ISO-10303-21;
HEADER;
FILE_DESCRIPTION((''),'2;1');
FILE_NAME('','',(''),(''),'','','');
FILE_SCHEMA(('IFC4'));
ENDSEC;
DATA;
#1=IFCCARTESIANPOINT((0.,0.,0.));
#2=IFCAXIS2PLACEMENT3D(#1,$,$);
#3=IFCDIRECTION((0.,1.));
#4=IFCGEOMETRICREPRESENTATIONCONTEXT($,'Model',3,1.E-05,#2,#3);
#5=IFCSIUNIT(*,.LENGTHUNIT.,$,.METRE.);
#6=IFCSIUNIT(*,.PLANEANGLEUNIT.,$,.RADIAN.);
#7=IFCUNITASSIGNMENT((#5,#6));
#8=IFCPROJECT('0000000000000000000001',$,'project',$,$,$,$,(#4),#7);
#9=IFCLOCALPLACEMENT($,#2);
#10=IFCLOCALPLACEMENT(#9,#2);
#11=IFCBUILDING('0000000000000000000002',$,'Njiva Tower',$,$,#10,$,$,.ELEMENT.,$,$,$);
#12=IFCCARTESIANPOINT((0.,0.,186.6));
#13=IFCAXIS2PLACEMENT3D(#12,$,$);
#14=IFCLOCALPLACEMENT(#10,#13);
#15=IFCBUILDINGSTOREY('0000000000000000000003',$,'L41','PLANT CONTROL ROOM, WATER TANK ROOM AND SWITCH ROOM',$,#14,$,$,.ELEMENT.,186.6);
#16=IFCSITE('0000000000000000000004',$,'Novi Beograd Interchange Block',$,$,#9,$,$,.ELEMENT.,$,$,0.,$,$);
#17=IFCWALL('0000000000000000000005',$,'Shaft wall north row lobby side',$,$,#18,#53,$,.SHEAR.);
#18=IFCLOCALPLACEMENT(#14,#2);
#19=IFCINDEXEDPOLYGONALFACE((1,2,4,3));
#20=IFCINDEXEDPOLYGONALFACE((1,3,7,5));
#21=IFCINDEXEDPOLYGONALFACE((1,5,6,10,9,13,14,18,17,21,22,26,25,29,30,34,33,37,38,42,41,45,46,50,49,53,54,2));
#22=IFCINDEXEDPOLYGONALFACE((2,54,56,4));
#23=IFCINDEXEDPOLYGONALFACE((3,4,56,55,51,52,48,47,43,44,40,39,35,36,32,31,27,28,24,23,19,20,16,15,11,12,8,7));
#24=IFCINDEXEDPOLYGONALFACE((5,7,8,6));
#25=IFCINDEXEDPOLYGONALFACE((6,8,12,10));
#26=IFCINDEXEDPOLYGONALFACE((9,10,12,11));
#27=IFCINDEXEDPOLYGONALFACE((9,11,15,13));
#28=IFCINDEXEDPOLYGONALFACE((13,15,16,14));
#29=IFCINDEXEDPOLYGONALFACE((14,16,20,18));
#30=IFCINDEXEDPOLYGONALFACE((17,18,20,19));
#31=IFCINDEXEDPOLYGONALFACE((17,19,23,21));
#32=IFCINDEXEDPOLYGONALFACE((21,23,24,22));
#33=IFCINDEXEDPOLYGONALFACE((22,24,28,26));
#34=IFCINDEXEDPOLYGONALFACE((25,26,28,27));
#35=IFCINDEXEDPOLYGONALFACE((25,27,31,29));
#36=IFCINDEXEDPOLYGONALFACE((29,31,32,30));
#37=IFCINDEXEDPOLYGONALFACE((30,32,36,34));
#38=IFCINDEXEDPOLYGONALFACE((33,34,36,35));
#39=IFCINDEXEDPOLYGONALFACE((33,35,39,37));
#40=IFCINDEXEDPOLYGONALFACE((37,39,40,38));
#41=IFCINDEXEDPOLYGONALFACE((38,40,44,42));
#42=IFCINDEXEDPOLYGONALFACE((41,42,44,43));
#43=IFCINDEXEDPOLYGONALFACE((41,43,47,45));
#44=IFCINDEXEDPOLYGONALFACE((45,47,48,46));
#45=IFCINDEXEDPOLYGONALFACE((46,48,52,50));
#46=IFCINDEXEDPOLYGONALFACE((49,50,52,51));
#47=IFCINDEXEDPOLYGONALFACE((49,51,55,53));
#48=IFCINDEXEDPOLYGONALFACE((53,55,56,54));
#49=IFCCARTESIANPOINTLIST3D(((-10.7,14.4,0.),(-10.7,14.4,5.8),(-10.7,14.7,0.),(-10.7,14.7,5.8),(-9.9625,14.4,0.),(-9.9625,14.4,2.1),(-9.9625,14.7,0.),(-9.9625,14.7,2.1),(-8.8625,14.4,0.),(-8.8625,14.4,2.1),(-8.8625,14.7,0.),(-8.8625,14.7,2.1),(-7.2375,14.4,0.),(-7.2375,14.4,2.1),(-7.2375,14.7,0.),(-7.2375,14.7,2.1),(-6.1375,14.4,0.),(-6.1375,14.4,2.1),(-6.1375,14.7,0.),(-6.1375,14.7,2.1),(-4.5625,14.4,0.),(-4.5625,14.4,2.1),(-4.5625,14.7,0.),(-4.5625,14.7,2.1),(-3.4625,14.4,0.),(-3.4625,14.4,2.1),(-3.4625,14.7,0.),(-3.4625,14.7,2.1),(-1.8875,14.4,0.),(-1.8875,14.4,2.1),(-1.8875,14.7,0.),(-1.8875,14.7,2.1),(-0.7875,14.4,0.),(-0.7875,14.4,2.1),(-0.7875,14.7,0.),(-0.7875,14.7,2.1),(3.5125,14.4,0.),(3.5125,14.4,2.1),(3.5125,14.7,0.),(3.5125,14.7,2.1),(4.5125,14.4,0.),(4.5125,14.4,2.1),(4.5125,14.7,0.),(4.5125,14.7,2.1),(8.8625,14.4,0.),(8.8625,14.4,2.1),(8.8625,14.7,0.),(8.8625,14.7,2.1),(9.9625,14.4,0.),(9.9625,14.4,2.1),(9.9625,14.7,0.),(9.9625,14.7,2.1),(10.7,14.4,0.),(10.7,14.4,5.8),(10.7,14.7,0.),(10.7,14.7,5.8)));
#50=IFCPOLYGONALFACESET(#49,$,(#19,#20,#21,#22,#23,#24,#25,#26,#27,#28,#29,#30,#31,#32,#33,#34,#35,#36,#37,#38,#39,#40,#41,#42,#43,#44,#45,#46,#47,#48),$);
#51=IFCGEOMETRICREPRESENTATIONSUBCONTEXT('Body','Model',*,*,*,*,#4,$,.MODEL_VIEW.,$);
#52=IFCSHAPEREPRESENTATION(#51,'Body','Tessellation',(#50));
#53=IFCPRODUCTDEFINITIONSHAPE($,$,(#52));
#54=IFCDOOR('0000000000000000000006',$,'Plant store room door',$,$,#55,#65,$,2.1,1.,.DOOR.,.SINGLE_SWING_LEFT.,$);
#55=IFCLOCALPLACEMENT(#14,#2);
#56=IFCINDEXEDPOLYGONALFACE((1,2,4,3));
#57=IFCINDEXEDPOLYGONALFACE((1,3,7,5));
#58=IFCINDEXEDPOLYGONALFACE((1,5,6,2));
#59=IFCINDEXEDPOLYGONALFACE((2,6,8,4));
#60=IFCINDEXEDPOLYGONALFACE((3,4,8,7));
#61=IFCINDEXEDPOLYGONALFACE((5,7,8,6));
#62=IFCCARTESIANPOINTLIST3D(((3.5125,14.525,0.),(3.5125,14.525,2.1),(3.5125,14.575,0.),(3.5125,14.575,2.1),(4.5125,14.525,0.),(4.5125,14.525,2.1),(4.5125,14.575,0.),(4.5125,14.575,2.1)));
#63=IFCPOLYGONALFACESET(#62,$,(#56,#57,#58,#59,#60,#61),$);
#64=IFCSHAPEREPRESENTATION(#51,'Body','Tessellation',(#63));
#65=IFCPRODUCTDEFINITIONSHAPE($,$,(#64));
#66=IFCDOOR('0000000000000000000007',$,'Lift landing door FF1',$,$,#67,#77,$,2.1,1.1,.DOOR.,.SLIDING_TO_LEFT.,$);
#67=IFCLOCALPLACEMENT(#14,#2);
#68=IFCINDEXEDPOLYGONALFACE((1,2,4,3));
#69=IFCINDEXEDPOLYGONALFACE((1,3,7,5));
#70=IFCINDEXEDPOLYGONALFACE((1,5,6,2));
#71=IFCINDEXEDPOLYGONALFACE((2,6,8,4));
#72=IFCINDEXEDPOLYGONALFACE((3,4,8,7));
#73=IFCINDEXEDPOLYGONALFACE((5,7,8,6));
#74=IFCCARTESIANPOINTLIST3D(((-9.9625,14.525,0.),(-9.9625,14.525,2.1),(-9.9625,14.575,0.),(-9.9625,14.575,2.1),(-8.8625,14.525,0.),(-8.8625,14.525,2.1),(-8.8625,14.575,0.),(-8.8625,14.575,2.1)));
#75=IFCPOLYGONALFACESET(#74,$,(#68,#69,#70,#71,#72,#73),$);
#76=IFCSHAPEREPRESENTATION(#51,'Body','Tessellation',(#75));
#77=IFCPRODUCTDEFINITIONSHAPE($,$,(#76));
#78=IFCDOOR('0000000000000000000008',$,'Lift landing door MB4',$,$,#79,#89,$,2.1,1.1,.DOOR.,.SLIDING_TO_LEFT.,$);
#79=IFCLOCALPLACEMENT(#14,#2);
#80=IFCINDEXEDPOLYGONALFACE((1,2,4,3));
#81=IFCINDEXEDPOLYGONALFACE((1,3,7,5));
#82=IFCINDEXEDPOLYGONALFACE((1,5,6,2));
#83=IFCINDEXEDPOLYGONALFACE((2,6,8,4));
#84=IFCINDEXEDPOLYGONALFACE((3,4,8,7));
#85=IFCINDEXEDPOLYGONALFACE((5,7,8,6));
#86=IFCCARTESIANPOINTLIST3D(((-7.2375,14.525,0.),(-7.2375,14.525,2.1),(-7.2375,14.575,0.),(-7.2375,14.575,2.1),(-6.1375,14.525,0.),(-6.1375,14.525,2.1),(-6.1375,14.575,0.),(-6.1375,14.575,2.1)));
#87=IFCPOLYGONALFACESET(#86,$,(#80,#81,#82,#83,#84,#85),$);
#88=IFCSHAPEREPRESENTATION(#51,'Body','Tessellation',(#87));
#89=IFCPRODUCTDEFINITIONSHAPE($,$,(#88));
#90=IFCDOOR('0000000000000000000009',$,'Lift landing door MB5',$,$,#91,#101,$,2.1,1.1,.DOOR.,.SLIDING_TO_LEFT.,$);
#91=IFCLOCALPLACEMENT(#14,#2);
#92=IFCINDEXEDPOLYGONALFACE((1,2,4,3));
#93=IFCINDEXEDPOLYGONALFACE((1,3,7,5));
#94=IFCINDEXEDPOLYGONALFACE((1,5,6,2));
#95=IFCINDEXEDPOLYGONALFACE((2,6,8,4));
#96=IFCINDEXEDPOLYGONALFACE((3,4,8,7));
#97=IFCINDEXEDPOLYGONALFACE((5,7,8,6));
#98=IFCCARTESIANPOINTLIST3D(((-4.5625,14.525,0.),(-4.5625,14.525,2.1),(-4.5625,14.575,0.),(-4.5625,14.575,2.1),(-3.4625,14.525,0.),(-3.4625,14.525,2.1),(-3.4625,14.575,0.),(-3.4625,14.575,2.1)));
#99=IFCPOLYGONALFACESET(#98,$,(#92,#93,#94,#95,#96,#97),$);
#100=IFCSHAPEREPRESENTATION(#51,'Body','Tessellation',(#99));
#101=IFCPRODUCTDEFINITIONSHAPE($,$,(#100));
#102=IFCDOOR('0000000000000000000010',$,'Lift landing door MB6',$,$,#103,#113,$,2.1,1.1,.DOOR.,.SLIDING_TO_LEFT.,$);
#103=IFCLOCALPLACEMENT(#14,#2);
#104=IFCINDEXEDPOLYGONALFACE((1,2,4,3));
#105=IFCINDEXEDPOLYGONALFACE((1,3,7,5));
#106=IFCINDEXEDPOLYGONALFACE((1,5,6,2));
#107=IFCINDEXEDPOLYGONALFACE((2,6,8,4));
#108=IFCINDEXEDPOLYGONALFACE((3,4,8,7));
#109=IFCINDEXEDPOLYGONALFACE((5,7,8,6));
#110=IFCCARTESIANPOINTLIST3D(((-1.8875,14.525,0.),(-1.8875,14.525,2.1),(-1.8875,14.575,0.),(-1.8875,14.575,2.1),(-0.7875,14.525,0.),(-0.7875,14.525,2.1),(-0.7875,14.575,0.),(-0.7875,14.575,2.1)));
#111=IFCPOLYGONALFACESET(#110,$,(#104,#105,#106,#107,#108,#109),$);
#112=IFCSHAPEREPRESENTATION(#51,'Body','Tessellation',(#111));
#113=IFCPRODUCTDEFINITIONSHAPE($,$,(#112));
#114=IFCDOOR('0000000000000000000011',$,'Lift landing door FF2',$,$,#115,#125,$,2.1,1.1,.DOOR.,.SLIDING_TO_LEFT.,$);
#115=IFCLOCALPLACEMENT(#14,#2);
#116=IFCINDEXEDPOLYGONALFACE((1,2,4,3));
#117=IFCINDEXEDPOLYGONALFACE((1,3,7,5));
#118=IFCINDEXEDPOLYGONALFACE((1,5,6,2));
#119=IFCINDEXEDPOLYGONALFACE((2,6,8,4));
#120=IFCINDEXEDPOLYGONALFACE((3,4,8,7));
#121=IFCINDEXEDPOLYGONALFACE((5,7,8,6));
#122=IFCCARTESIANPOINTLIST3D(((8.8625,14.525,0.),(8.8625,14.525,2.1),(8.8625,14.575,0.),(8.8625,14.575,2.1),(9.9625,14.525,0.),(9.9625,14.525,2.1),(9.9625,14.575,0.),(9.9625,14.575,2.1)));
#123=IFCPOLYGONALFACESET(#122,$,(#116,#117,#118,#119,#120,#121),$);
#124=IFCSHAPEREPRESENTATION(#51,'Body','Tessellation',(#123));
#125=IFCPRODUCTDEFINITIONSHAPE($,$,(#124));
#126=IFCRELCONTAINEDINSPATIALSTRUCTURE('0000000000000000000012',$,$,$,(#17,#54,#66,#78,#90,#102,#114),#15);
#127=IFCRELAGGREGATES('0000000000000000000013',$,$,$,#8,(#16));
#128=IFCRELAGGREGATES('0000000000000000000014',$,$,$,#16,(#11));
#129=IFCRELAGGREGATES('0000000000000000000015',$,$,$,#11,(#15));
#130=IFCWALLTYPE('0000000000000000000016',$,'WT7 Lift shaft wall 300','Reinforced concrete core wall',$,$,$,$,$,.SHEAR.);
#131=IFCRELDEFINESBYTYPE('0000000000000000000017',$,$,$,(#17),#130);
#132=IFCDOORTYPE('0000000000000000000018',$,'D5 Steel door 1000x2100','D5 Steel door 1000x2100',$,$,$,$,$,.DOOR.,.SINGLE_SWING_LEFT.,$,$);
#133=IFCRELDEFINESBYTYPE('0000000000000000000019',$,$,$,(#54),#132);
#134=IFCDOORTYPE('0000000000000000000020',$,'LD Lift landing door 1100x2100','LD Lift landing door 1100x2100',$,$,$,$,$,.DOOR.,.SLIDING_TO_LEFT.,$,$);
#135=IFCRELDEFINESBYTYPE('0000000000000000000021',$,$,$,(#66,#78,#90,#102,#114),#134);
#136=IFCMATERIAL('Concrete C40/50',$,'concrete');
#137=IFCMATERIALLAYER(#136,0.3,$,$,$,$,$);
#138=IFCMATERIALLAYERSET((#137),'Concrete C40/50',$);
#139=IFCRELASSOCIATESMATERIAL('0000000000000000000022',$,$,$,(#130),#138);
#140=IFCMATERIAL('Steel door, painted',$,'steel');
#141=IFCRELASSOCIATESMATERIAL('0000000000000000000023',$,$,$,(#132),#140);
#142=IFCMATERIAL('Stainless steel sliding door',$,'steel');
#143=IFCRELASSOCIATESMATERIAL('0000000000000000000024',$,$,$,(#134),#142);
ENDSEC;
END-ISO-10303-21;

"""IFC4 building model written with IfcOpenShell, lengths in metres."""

from ifc_helpers import new_model, si_unit, direction, frame, frame_2d, origin, place, context, subcontext, project, spatial, rectangle, extrude, material, layer, layer_set, type_object, element, fill, save


model = new_model("IFC4")

# Units and contexts
model_context = context("Model", 3, precision=1e-05, world=origin(), true_north=direction((0.0, 1.0)))
body_context = subcontext(model_context, "Body", "Model", "MODEL_VIEW")
ifc_project = project(units=[si_unit("LENGTHUNIT", "METRE"), si_unit("PLANEANGLEUNIT", "RADIAN")], contexts=[model_context])

# Site, building, storey
site_placement = place(None, origin())
site = spatial("IfcSite", under=ifc_project, at=site_placement, Name="Novi Beograd Interchange Block", CompositionType="ELEMENT", RefElevation=0.0)
building_placement = place(site_placement, origin())
building = spatial("IfcBuilding", under=site, at=building_placement, Name="Njiva Tower", CompositionType="ELEMENT")
storey_placement = place(building_placement, frame((0.0, 0.0, 186.6)))
storey = spatial("IfcBuildingStorey", under=building, at=storey_placement, Name="L41", Description="PLANT CONTROL ROOM, WATER TANK ROOM AND SWITCH ROOM", CompositionType="ELEMENT", Elevation=186.6)

# Shared definitions
ifc_material_1 = material(Name="Concrete C40/50", Category="concrete")

# Wall, openings, doors
ifc_layer_1 = layer(ifc_material_1, 0.3)
ifc_layer_set_1 = layer_set([ifc_layer_1], Name="Concrete C40/50")
wall_type_1 = type_object("IfcWallType", Name="WT7 Lift shaft wall 300", Description="Reinforced concrete core wall", PredefinedType="SHEAR", material=ifc_layer_set_1)
wall_1_placement = place(storey_placement, frame((-10.7, 14.55, 0.0), z_axis=(0.0, 0.0, 1.0), x_axis=(1.0, 0.0, 0.0)))
wall_1 = element("IfcWall", 1, at=wall_1_placement, inside=storey, type_object=wall_type_1, Name="Shaft wall north row lobby side", PredefinedType="SHEAR", context=body_context, shape_type="SweptSolid", body=[
    extrude(rectangle(XDim=21.4, YDim=0.3, at=frame_2d((10.7, 0.0))), origin(), (0.0, 0.0, 1.0), 5.8),
])
opening_1_placement = place(wall_1_placement, frame((0.7375, 0.0, 0.0)))
opening_1 = element("IfcOpeningElement", 2, at=opening_1_placement, cuts=wall_1, PredefinedType="OPENING", context=body_context, shape_type="SweptSolid", body=[
    extrude(rectangle(XDim=1.1, YDim=2.1, at=frame_2d((0.55, 1.05))), frame((0.0, 0.16, 0.0), z_axis=(0.0, -1.0, 0.0), x_axis=(1.0, 0.0, 0.0)), (0.0, 0.0, 1.0), 0.32),
])
opening_2_placement = place(wall_1_placement, frame((3.4625, 0.0, 0.0)))
opening_2 = element("IfcOpeningElement", 3, at=opening_2_placement, cuts=wall_1, PredefinedType="OPENING", context=body_context, shape_type="SweptSolid", body=[
    extrude(rectangle(XDim=1.1, YDim=2.1, at=frame_2d((0.55, 1.05))), frame((0.0, 0.16, 0.0), z_axis=(0.0, -1.0, 0.0), x_axis=(1.0, 0.0, 0.0)), (0.0, 0.0, 1.0), 0.32),
])
opening_3_placement = place(wall_1_placement, frame((6.1375, 0.0, 0.0)))
opening_3 = element("IfcOpeningElement", 4, at=opening_3_placement, cuts=wall_1, PredefinedType="OPENING", context=body_context, shape_type="SweptSolid", body=[
    extrude(rectangle(XDim=1.1, YDim=2.1, at=frame_2d((0.55, 1.05))), frame((0.0, 0.16, 0.0), z_axis=(0.0, -1.0, 0.0), x_axis=(1.0, 0.0, 0.0)), (0.0, 0.0, 1.0), 0.32),
])
opening_4_placement = place(wall_1_placement, frame((8.8125, 0.0, 0.0)))
opening_4 = element("IfcOpeningElement", 5, at=opening_4_placement, cuts=wall_1, PredefinedType="OPENING", context=body_context, shape_type="SweptSolid", body=[
    extrude(rectangle(XDim=1.1, YDim=2.1, at=frame_2d((0.55, 1.05))), frame((0.0, 0.16, 0.0), z_axis=(0.0, -1.0, 0.0), x_axis=(1.0, 0.0, 0.0)), (0.0, 0.0, 1.0), 0.32),
])
opening_5_placement = place(wall_1_placement, frame((19.5625, 0.0, 0.0)))
opening_5 = element("IfcOpeningElement", 6, at=opening_5_placement, cuts=wall_1, PredefinedType="OPENING", context=body_context, shape_type="SweptSolid", body=[
    extrude(rectangle(XDim=1.1, YDim=2.1, at=frame_2d((0.55, 1.05))), frame((0.0, 0.16, 0.0), z_axis=(0.0, -1.0, 0.0), x_axis=(1.0, 0.0, 0.0)), (0.0, 0.0, 1.0), 0.32),
])
opening_6_placement = place(wall_1_placement, frame((14.2125, 0.0, 0.0)))
opening_6 = element("IfcOpeningElement", 7, at=opening_6_placement, cuts=wall_1, PredefinedType="OPENING", context=body_context, shape_type="SweptSolid", body=[
    extrude(rectangle(XDim=1.0, YDim=2.1, at=frame_2d((0.5, 1.05))), frame((0.0, 0.16, 0.0), z_axis=(0.0, -1.0, 0.0), x_axis=(1.0, 0.0, 0.0)), (0.0, 0.0, 1.0), 0.32),
])
ifc_material_2 = material(Name="Steel door, painted", Category="steel")
door_type_1 = type_object("IfcDoorType", Name="D5 Steel door 1000x2100", Description="D5 Steel door 1000x2100", OperationType="SINGLE_SWING_LEFT", PredefinedType="DOOR", material=ifc_material_2)
door_1_placement = place(opening_6_placement, origin())
door_1 = element("IfcDoor", 8, at=door_1_placement, inside=storey, type_object=door_type_1, Name="Plant store room door", OperationType="SINGLE_SWING_LEFT", OverallHeight=2.1, OverallWidth=1.0, PredefinedType="DOOR", context=body_context, shape_type="SweptSolid", body=[
    extrude(rectangle(XDim=1.0, YDim=2.1, at=frame_2d((0.5, 1.05))), frame((0.0, 0.025, 0.0), z_axis=(0.0, -1.0, 0.0), x_axis=(1.0, 0.0, 0.0)), (0.0, 0.0, 1.0), 0.05),
])
fill(opening_6, door_1)
ifc_material_3 = material(Name="Stainless steel sliding door", Category="steel")
door_type_2 = type_object("IfcDoorType", Name="LD Lift landing door 1100x2100", Description="LD Lift landing door 1100x2100", OperationType="SLIDING_TO_LEFT", PredefinedType="DOOR", material=ifc_material_3)
door_2_placement = place(opening_1_placement, origin())
door_2 = element("IfcDoor", 9, at=door_2_placement, inside=storey, type_object=door_type_2, Name="Lift landing door FF1", OperationType="SLIDING_TO_LEFT", OverallHeight=2.1, OverallWidth=1.1, PredefinedType="DOOR", context=body_context, shape_type="SweptSolid", body=[
    extrude(rectangle(XDim=1.1, YDim=2.1, at=frame_2d((0.55, 1.05))), frame((0.0, 0.025, 0.0), z_axis=(0.0, -1.0, 0.0), x_axis=(1.0, 0.0, 0.0)), (0.0, 0.0, 1.0), 0.05),
])
fill(opening_1, door_2)
door_3_placement = place(opening_2_placement, origin())
door_3 = element("IfcDoor", 10, at=door_3_placement, inside=storey, type_object=door_type_2, Name="Lift landing door MB4", OperationType="SLIDING_TO_LEFT", OverallHeight=2.1, OverallWidth=1.1, PredefinedType="DOOR", context=body_context, shape_type="SweptSolid", body=[
    extrude(rectangle(XDim=1.1, YDim=2.1, at=frame_2d((0.55, 1.05))), frame((0.0, 0.025, 0.0), z_axis=(0.0, -1.0, 0.0), x_axis=(1.0, 0.0, 0.0)), (0.0, 0.0, 1.0), 0.05),
])
fill(opening_2, door_3)
door_4_placement = place(opening_3_placement, origin())
door_4 = element("IfcDoor", 11, at=door_4_placement, inside=storey, type_object=door_type_2, Name="Lift landing door MB5", OperationType="SLIDING_TO_LEFT", OverallHeight=2.1, OverallWidth=1.1, PredefinedType="DOOR", context=body_context, shape_type="SweptSolid", body=[
    extrude(rectangle(XDim=1.1, YDim=2.1, at=frame_2d((0.55, 1.05))), frame((0.0, 0.025, 0.0), z_axis=(0.0, -1.0, 0.0), x_axis=(1.0, 0.0, 0.0)), (0.0, 0.0, 1.0), 0.05),
])
fill(opening_3, door_4)
door_5_placement = place(opening_4_placement, origin())
door_5 = element("IfcDoor", 12, at=door_5_placement, inside=storey, type_object=door_type_2, Name="Lift landing door MB6", OperationType="SLIDING_TO_LEFT", OverallHeight=2.1, OverallWidth=1.1, PredefinedType="DOOR", context=body_context, shape_type="SweptSolid", body=[
    extrude(rectangle(XDim=1.1, YDim=2.1, at=frame_2d((0.55, 1.05))), frame((0.0, 0.025, 0.0), z_axis=(0.0, -1.0, 0.0), x_axis=(1.0, 0.0, 0.0)), (0.0, 0.0, 1.0), 0.05),
])
fill(opening_4, door_5)
door_6_placement = place(opening_5_placement, origin())
door_6 = element("IfcDoor", 13, at=door_6_placement, inside=storey, type_object=door_type_2, Name="Lift landing door FF2", OperationType="SLIDING_TO_LEFT", OverallHeight=2.1, OverallWidth=1.1, PredefinedType="DOOR", context=body_context, shape_type="SweptSolid", body=[
    extrude(rectangle(XDim=1.1, YDim=2.1, at=frame_2d((0.55, 1.05))), frame((0.0, 0.025, 0.0), z_axis=(0.0, -1.0, 0.0), x_axis=(1.0, 0.0, 0.0)), (0.0, 0.0, 1.0), 0.05),
])
fill(opening_5, door_6)

save(model, "model.ifc")
